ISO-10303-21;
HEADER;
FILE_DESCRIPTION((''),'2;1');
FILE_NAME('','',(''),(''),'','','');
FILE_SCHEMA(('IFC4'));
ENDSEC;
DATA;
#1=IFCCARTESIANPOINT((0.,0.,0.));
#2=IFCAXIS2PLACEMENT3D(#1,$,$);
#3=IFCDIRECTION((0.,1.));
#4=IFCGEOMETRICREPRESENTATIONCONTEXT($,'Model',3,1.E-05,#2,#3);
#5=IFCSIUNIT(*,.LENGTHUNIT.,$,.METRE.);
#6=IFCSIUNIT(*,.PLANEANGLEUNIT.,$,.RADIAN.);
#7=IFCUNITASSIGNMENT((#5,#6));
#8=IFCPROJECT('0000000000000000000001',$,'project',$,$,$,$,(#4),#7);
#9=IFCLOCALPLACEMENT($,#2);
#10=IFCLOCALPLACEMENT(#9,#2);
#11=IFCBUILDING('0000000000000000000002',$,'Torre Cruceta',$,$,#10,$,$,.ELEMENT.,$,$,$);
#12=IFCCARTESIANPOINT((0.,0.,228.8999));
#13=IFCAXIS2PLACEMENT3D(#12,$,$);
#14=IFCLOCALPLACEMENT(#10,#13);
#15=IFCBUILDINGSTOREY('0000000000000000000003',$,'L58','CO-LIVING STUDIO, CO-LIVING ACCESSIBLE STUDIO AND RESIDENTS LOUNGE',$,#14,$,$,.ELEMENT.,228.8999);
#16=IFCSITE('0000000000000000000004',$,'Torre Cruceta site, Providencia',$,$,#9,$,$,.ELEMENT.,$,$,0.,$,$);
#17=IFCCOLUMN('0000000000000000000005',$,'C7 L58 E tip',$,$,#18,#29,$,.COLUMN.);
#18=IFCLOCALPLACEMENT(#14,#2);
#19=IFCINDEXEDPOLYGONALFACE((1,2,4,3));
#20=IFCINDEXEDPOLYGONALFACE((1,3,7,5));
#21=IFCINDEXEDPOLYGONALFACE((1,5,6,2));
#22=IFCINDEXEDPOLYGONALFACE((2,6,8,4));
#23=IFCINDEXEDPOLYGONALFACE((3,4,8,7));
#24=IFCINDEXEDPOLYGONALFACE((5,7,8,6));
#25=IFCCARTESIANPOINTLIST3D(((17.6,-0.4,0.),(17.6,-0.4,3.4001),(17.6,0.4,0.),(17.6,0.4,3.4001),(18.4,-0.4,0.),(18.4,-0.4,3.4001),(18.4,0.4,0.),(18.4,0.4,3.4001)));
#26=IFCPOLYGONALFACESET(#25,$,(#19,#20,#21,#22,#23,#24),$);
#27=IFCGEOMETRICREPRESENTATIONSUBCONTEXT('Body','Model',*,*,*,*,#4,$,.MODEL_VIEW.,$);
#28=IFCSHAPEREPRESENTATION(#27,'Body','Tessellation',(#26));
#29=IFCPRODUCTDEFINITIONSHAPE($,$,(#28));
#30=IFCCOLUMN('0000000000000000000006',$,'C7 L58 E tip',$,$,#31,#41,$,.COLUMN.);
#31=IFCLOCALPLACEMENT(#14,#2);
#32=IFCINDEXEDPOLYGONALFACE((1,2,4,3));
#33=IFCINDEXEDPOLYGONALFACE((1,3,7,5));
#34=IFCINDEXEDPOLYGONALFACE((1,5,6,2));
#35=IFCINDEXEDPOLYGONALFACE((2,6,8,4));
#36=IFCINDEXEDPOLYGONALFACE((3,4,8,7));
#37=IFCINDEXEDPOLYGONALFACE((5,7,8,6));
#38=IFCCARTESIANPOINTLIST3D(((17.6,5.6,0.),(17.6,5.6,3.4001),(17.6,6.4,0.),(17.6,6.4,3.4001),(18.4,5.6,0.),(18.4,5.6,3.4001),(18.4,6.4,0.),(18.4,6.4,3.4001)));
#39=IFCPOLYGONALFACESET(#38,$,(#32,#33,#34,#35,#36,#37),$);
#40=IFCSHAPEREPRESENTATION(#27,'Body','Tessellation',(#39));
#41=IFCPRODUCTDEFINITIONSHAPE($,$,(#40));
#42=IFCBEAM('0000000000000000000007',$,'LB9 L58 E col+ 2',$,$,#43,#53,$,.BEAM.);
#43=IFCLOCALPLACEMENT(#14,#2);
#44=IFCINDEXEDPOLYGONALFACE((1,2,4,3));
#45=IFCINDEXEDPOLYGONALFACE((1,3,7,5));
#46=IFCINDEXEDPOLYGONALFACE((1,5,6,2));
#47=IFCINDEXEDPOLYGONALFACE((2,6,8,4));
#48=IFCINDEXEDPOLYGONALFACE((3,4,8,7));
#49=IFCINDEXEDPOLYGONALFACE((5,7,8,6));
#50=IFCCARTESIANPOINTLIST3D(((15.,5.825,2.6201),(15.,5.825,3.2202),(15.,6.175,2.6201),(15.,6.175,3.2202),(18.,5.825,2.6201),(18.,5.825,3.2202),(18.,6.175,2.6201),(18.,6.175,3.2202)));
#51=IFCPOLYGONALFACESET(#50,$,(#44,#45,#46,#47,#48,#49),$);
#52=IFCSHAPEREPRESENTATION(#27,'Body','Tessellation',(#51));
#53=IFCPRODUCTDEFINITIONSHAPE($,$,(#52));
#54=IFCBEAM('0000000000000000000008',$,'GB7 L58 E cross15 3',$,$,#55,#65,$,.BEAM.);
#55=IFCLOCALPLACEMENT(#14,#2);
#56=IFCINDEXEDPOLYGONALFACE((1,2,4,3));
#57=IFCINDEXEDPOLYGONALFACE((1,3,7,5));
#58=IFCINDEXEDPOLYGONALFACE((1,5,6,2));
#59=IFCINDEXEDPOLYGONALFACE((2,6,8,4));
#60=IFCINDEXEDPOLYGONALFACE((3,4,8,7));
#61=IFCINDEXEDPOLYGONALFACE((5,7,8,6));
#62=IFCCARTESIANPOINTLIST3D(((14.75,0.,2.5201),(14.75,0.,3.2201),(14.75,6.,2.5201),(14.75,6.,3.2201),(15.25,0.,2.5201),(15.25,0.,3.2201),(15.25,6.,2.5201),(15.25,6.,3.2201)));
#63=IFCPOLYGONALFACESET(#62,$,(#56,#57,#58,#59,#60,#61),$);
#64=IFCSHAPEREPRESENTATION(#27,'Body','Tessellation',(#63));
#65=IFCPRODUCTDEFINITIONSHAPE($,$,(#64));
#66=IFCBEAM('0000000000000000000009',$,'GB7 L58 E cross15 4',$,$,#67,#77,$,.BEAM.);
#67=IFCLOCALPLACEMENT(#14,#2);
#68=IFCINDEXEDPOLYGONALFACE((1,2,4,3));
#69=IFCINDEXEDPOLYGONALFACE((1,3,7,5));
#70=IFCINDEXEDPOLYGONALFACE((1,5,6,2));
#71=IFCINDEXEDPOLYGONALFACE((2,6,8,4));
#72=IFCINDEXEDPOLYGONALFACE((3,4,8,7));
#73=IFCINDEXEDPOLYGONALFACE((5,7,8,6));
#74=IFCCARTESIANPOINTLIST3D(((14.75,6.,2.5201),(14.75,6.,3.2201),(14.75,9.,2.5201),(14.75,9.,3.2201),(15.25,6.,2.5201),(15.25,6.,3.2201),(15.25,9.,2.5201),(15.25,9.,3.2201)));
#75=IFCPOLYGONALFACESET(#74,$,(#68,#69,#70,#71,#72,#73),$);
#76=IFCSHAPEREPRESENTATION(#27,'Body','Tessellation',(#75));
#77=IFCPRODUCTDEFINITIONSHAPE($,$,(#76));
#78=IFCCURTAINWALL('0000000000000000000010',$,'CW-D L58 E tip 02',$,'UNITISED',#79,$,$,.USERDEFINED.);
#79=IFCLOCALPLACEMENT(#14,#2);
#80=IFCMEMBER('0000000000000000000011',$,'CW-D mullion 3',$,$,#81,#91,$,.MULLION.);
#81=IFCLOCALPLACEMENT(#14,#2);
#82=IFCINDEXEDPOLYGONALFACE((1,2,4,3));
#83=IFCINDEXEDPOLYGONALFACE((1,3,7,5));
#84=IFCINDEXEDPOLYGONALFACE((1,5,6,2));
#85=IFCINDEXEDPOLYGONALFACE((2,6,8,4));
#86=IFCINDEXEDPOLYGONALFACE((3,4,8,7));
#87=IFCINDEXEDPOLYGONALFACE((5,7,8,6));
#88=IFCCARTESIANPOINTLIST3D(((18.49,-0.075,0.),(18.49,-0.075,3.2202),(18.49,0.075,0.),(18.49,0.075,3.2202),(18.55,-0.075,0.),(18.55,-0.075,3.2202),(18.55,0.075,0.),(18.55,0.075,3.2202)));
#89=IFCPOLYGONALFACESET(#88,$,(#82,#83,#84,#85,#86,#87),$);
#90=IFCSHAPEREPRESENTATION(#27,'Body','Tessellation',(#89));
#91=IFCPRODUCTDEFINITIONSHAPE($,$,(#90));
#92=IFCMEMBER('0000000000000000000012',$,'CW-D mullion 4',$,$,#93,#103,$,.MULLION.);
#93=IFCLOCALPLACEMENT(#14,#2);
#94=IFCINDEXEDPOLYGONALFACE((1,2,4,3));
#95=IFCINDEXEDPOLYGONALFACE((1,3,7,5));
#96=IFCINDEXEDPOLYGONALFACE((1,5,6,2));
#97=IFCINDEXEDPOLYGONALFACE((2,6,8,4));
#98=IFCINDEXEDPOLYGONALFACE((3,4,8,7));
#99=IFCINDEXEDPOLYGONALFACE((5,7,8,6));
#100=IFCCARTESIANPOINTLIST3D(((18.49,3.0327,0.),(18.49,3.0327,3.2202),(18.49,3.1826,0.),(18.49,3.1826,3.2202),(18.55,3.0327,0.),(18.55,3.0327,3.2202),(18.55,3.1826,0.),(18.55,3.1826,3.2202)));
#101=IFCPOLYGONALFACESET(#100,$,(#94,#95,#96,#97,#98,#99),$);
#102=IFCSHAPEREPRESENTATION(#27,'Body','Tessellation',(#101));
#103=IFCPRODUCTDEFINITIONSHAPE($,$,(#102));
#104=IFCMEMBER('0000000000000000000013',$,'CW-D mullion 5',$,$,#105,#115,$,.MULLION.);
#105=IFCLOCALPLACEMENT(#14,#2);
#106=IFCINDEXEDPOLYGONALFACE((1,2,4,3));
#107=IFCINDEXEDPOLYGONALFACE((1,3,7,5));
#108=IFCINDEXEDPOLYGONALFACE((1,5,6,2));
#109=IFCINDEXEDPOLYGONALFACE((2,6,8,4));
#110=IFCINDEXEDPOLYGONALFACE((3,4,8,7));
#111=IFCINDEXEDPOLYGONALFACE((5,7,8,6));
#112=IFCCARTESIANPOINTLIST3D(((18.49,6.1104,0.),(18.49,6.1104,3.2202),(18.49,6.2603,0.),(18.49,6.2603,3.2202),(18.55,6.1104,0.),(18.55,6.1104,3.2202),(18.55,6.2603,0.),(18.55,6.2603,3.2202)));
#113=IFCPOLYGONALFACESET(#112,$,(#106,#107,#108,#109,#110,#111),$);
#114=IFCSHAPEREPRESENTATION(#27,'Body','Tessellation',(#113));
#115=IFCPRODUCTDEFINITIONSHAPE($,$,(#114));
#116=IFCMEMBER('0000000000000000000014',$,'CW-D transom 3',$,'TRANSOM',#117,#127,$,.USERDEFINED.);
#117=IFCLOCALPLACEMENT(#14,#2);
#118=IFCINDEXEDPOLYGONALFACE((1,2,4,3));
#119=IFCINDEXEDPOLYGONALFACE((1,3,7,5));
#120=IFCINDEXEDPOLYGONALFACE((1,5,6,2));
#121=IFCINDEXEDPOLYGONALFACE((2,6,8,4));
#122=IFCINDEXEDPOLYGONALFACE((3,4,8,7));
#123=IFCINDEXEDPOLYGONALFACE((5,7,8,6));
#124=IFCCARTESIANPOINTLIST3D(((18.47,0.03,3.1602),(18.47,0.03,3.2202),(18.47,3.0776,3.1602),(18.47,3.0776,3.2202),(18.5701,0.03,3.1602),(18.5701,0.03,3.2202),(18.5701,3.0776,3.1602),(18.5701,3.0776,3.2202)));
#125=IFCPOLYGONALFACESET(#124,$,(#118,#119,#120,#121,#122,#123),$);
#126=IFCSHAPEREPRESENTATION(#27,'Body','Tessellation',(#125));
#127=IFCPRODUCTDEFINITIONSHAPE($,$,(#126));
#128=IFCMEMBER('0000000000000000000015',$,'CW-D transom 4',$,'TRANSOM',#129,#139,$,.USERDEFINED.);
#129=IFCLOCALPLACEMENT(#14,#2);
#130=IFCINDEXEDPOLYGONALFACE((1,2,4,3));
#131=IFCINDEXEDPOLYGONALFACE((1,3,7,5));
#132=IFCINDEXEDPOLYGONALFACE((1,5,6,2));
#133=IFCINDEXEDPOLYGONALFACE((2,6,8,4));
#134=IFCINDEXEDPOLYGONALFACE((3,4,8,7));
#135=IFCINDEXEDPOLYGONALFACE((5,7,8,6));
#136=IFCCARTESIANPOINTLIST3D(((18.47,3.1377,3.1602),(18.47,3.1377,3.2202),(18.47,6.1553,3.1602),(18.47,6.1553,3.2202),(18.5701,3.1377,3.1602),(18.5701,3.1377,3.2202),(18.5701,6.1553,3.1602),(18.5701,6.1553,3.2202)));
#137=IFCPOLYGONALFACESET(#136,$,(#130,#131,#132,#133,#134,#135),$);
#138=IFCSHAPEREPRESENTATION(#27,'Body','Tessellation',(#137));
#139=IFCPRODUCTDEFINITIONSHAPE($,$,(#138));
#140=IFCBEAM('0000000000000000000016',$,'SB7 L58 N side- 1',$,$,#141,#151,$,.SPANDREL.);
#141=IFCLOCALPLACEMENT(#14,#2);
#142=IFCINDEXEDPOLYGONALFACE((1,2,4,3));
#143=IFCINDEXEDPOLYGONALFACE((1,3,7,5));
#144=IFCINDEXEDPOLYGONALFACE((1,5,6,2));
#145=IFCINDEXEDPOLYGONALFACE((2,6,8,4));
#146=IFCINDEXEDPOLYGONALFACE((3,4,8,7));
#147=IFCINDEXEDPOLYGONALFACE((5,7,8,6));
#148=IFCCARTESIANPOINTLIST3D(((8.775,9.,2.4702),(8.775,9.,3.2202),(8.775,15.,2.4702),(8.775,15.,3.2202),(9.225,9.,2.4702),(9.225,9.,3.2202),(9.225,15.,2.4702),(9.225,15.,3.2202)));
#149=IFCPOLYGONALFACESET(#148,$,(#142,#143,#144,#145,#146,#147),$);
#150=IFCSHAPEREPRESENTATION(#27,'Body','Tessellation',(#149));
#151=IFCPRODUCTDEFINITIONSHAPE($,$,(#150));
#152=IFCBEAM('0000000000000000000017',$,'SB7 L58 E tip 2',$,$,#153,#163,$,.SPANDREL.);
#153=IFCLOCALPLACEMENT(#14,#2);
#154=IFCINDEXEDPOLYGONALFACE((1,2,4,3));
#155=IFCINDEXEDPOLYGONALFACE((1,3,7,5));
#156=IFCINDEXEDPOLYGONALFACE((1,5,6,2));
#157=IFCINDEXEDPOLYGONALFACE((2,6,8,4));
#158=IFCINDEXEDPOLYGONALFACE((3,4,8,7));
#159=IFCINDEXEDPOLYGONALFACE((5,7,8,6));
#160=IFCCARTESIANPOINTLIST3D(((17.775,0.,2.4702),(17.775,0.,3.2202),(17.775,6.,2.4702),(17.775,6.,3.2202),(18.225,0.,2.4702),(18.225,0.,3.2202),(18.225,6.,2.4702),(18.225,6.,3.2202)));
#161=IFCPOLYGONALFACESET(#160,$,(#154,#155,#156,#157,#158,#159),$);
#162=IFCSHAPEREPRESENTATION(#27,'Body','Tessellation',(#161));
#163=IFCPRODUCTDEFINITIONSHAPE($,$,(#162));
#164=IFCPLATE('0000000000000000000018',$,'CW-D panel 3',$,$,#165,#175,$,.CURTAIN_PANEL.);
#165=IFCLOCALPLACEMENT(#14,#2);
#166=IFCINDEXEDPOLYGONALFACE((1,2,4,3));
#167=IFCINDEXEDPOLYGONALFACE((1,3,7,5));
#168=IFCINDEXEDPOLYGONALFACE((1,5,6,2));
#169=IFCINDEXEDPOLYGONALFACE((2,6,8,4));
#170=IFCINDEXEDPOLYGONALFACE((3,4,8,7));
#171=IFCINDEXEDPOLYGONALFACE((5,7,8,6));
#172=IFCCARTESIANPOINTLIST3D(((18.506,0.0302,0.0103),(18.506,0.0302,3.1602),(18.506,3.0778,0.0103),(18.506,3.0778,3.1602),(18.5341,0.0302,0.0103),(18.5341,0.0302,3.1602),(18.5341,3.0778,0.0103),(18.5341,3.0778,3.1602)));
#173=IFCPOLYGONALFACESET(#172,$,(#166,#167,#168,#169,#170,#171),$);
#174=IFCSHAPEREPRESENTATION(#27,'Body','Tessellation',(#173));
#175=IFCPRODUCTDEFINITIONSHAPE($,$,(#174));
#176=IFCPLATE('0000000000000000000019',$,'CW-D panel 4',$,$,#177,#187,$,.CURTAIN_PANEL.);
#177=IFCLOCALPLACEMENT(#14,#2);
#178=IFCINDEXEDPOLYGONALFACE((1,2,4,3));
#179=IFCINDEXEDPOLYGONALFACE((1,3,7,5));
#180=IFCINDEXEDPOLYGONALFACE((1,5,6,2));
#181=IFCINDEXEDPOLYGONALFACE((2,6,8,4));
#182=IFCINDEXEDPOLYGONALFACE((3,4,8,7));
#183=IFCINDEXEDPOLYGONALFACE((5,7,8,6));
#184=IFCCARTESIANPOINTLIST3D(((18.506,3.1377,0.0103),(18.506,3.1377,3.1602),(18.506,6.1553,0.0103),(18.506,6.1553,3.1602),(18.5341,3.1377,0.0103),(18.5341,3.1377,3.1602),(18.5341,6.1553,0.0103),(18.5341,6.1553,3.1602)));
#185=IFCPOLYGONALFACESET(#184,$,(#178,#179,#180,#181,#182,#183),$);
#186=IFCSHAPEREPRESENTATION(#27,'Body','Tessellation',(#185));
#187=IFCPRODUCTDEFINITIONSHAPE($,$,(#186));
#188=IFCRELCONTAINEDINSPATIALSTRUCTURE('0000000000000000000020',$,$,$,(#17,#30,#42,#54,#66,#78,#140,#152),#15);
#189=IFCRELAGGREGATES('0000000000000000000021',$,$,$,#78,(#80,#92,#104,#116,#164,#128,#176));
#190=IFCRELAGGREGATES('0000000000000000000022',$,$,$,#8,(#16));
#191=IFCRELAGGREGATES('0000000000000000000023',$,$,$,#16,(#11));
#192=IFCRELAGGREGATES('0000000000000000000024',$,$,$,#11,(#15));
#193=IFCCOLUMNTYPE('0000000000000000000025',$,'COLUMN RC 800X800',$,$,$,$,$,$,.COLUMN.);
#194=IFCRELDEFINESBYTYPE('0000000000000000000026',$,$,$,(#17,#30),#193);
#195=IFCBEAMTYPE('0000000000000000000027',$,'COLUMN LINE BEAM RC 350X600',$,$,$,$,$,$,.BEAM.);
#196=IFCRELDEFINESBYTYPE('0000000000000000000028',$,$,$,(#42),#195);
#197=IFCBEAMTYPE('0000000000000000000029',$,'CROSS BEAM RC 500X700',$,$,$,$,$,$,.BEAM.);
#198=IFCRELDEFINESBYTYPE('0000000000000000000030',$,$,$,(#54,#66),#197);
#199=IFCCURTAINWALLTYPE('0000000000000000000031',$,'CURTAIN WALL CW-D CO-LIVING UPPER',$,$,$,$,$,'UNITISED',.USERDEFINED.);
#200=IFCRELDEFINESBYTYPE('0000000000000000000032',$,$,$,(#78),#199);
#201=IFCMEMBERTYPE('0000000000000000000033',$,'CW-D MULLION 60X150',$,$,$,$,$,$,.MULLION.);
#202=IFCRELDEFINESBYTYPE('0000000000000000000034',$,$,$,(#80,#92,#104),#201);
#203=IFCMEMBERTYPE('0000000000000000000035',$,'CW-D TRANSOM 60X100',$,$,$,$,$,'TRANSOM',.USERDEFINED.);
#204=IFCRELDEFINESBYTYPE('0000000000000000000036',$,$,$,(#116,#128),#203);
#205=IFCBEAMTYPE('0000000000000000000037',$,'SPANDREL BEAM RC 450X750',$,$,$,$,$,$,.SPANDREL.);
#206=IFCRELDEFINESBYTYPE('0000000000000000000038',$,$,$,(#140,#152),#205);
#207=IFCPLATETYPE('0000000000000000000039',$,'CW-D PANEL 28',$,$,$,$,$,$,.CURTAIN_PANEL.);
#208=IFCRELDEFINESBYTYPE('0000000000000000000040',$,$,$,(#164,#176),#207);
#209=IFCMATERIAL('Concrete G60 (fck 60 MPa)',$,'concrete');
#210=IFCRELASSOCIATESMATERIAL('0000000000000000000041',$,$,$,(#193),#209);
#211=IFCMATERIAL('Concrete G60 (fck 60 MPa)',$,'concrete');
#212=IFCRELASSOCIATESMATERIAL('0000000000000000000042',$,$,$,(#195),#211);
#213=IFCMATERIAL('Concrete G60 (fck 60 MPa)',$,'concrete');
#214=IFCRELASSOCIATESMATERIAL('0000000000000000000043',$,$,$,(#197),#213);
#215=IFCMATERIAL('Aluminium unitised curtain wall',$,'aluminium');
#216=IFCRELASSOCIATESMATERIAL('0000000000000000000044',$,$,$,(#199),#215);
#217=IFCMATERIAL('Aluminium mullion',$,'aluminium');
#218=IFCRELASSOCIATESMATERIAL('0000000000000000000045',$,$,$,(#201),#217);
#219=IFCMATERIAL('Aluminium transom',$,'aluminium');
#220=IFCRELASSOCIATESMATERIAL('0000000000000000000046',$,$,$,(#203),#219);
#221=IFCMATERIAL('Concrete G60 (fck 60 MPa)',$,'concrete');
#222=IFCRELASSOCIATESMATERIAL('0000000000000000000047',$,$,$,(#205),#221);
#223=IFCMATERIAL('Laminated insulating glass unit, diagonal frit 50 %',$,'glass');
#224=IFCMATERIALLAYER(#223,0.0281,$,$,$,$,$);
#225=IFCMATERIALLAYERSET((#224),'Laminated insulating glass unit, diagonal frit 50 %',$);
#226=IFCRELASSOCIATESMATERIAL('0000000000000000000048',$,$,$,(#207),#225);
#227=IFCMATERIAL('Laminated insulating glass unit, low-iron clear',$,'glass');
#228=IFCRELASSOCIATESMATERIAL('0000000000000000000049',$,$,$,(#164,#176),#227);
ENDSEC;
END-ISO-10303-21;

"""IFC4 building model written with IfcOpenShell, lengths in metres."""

from ifc_helpers import new_model, si_unit, direction, frame, origin, origin_2d, place, context, subcontext, project, spatial, rectangle, extrude, material, layer, layer_set, material_profile, profile_set, type_object, element, aggregate, save


model = new_model("IFC4")

# Units and contexts
model_context = context("Model", 3, precision=1e-05, world=origin(), true_north=direction((0.0, 1.0)))
body_context = subcontext(model_context, "Body", "Model", "MODEL_VIEW")
ifc_project = project(units=[si_unit("LENGTHUNIT", "METRE"), si_unit("PLANEANGLEUNIT", "RADIAN")], contexts=[model_context])

# Site, building, storey
site_placement = place(None, origin())
site = spatial("IfcSite", under=ifc_project, at=site_placement, Name="Torre Cruceta site, Providencia", CompositionType="ELEMENT", RefElevation=0.0)
building_placement = place(site_placement, origin())
building = spatial("IfcBuilding", under=site, at=building_placement, Name="Torre Cruceta", CompositionType="ELEMENT")
storey_placement = place(building_placement, frame((0.0, 0.0, 228.8999)))
storey = spatial("IfcBuildingStorey", under=building, at=storey_placement, Name="L58", Description="CO-LIVING STUDIO, CO-LIVING ACCESSIBLE STUDIO AND RESIDENTS LOUNGE", CompositionType="ELEMENT", Elevation=228.8999)

# Columns
ifc_material_1 = material(Name="Concrete G60 (fck 60 MPa)", Category="concrete")
ifc_material_profile_1 = material_profile(ifc_material_1, rectangle(XDim=0.8, YDim=0.8, at=origin_2d()), Name="RC 800X800")
ifc_profile_set_1 = profile_set([ifc_material_profile_1], Name="Concrete G60 (fck 60 MPa)")
column_type = type_object("IfcColumnType", Name="COLUMN RC 800X800", PredefinedType="COLUMN", material=ifc_profile_set_1)
for number, where, z_axis, x_axis, name in (
    (1, (18.0, 0.0, 0.0), (0.0, 0.0, 1.0), (1.0, 0.0, 0.0), "C7 L58 E tip"),
    (2, (18.0, 6.0, 0.0), (0.0, 0.0, 1.0), (1.0, 0.0, 0.0), "C7 L58 E tip"),
):
    element("IfcColumn", number, at=place(storey_placement, frame(where, z_axis=z_axis, x_axis=x_axis)), inside=storey, type_object=column_type, Name=name, PredefinedType="COLUMN", context=body_context, shape_type="SweptSolid", body=[
        extrude(rectangle(XDim=0.8, YDim=0.8, at=origin_2d()), origin(), (0.0, 0.0, 1.0), 3.4001),
    ])

# Beams
ifc_material_2 = material(Name="Concrete G60 (fck 60 MPa)", Category="concrete")
ifc_material_profile_2 = material_profile(ifc_material_2, rectangle(XDim=0.3501, YDim=0.6001, at=origin_2d()), Name="RC 350X600")
ifc_profile_set_2 = profile_set([ifc_material_profile_2], Name="Concrete G60 (fck 60 MPa)")
beam_type_1 = type_object("IfcBeamType", Name="COLUMN LINE BEAM RC 350X600", PredefinedType="BEAM", material=ifc_profile_set_2)
beam_1_placement = place(storey_placement, frame((15.0, 6.0, 2.9202), z_axis=(1.0, 0.0, 0.0), x_axis=(0.0, 1.0, 0.0)))
element("IfcBeam", 3, at=beam_1_placement, inside=storey, type_object=beam_type_1, Name="LB9 L58 E col+ 2", PredefinedType="BEAM", context=body_context, shape_type="SweptSolid", body=[
    extrude(rectangle(XDim=0.3501, YDim=0.6001, at=origin_2d()), origin(), (0.0, 0.0, 1.0), 3.0),
])
ifc_material_3 = material(Name="Concrete G60 (fck 60 MPa)", Category="concrete")
ifc_material_profile_3 = material_profile(ifc_material_3, rectangle(XDim=0.5, YDim=0.7, at=origin_2d()), Name="RC 500X700")
ifc_profile_set_3 = profile_set([ifc_material_profile_3], Name="Concrete G60 (fck 60 MPa)")
beam_type_2 = type_object("IfcBeamType", Name="CROSS BEAM RC 500X700", PredefinedType="BEAM", material=ifc_profile_set_3)
beam_2_placement = place(storey_placement, frame((15.0, 0.0, 2.8701), z_axis=(0.0, 1.0, 0.0), x_axis=(-1.0, 0.0, 0.0)))
element("IfcBeam", 4, at=beam_2_placement, inside=storey, type_object=beam_type_2, Name="GB7 L58 E cross15 3", PredefinedType="BEAM", context=body_context, shape_type="SweptSolid", body=[
    extrude(rectangle(XDim=0.5, YDim=0.7, at=origin_2d()), origin(), (0.0, 0.0, 1.0), 6.0),
])
beam_3_placement = place(storey_placement, frame((15.0, 6.0, 2.8701), z_axis=(0.0, 1.0, 0.0), x_axis=(-1.0, 0.0, 0.0)))
element("IfcBeam", 5, at=beam_3_placement, inside=storey, type_object=beam_type_2, Name="GB7 L58 E cross15 4", PredefinedType="BEAM", context=body_context, shape_type="SweptSolid", body=[
    extrude(rectangle(XDim=0.5, YDim=0.7, at=origin_2d()), origin(), (0.0, 0.0, 1.0), 3.0),
])

# Curtain wall, members
ifc_material_4 = material(Name="Aluminium unitised curtain wall", Category="aluminium")
curtain_wall_type = type_object("IfcCurtainWallType", Name="CURTAIN WALL CW-D CO-LIVING UPPER", ElementType="UNITISED", PredefinedType="USERDEFINED", material=ifc_material_4)
curtain_wall_placement = place(storey_placement, origin())
curtain_wall = element("IfcCurtainWall", 6, at=curtain_wall_placement, inside=storey, type_object=curtain_wall_type, Name="CW-D L58 E tip 02", ObjectType="UNITISED", PredefinedType="USERDEFINED")
ifc_material_5 = material(Name="Aluminium mullion", Category="aluminium")
ifc_material_profile_4 = material_profile(ifc_material_5, rectangle(XDim=0.0601, YDim=0.1499, at=origin_2d()), Name="AL 60X150")
ifc_profile_set_4 = profile_set([ifc_material_profile_4], Name="Aluminium mullion")
member_type_1 = type_object("IfcMemberType", Name="CW-D MULLION 60X150", PredefinedType="MULLION", material=ifc_profile_set_4)
member_1_placement = place(storey_placement, frame((18.52, 0.0, 0.0), z_axis=(0.0, 0.0, 1.0), x_axis=(-1.0, 0.0, 0.0)))
member_1 = element("IfcMember", 7, at=member_1_placement, type_object=member_type_1, Name="CW-D mullion 3", PredefinedType="MULLION", context=body_context, shape_type="SweptSolid", body=[
    extrude(rectangle(XDim=0.0601, YDim=0.1499, at=origin_2d()), origin(), (0.0, 0.0, 1.0), 3.2202),
])
member_2_placement = place(storey_placement, frame((18.52, 3.1077, 0.0), z_axis=(0.0, 0.0, 1.0), x_axis=(-1.0, 0.0, 0.0)))
member_2 = element("IfcMember", 8, at=member_2_placement, type_object=member_type_1, Name="CW-D mullion 4", PredefinedType="MULLION", context=body_context, shape_type="SweptSolid", body=[
    extrude(rectangle(XDim=0.0601, YDim=0.1499, at=origin_2d()), origin(), (0.0, 0.0, 1.0), 3.2202),
])
member_3_placement = place(storey_placement, frame((18.52, 6.1853, 0.0), z_axis=(0.0, 0.0, 1.0), x_axis=(-1.0, 0.0, 0.0)))
member_3 = element("IfcMember", 9, at=member_3_placement, type_object=member_type_1, Name="CW-D mullion 5", PredefinedType="MULLION", context=body_context, shape_type="SweptSolid", body=[
    extrude(rectangle(XDim=0.0601, YDim=0.1499, at=origin_2d()), origin(), (0.0, 0.0, 1.0), 3.2202),
])
ifc_material_6 = material(Name="Aluminium transom", Category="aluminium")
ifc_material_profile_5 = material_profile(ifc_material_6, rectangle(XDim=0.1001, YDim=0.0601, at=origin_2d()), Name="AL 100X60")
ifc_profile_set_5 = profile_set([ifc_material_profile_5], Name="Aluminium transom")
member_type_2 = type_object("IfcMemberType", Name="CW-D TRANSOM 60X100", ElementType="TRANSOM", PredefinedType="USERDEFINED", material=ifc_profile_set_5)
member_4_placement = place(storey_placement, frame((18.52, 0.03, 3.1902), z_axis=(0.0, 1.0, 0.0), x_axis=(-1.0, 0.0, 0.0)))
member_4 = element("IfcMember", 10, at=member_4_placement, type_object=member_type_2, Name="CW-D transom 3", ObjectType="TRANSOM", PredefinedType="USERDEFINED", context=body_context, shape_type="SweptSolid", body=[
    extrude(rectangle(XDim=0.1001, YDim=0.0601, at=origin_2d()), origin(), (0.0, 0.0, 1.0), 3.0476),
])
member_5_placement = place(storey_placement, frame((18.52, 3.1377, 3.1902), z_axis=(0.0, 1.0, 0.0), x_axis=(-1.0, 0.0, 0.0)))
member_5 = element("IfcMember", 11, at=member_5_placement, type_object=member_type_2, Name="CW-D transom 4", ObjectType="TRANSOM", PredefinedType="USERDEFINED", context=body_context, shape_type="SweptSolid", body=[
    extrude(rectangle(XDim=0.1001, YDim=0.0601, at=origin_2d()), origin(), (0.0, 0.0, 1.0), 3.0176),
])

# Beams
ifc_material_7 = material(Name="Concrete G60 (fck 60 MPa)", Category="concrete")
ifc_material_profile_6 = material_profile(ifc_material_7, rectangle(XDim=0.45, YDim=0.75, at=origin_2d()), Name="RC 450X750")
ifc_profile_set_6 = profile_set([ifc_material_profile_6], Name="Concrete G60 (fck 60 MPa)")
beam_type_3 = type_object("IfcBeamType", Name="SPANDREL BEAM RC 450X750", PredefinedType="SPANDREL", material=ifc_profile_set_6)
for number, where, z_axis, x_axis, name in (
    (12, (9.0, 9.0, 2.8452), (0.0, 1.0, 0.0), (-1.0, 0.0, 0.0), "SB7 L58 N side- 1"),
    (13, (18.0, 0.0, 2.8452), (0.0, 1.0, 0.0), (-1.0, 0.0, 0.0), "SB7 L58 E tip 2"),
):
    element("IfcBeam", number, at=place(storey_placement, frame(where, z_axis=z_axis, x_axis=x_axis)), inside=storey, type_object=beam_type_3, Name=name, PredefinedType="SPANDREL", context=body_context, shape_type="SweptSolid", body=[
        extrude(rectangle(XDim=0.45, YDim=0.75, at=origin_2d()), origin(), (0.0, 0.0, 1.0), 6.0),
    ])

# Plates
ifc_material_8 = material(Name="Laminated insulating glass unit, low-iron clear", Category="glass")
ifc_material_9 = material(Name="Laminated insulating glass unit, diagonal frit 50 %", Category="glass")
ifc_layer_1 = layer(ifc_material_9, 0.0281)
ifc_layer_set_1 = layer_set([ifc_layer_1], Name="Laminated insulating glass unit, diagonal frit 50 %")
plate_type = type_object("IfcPlateType", Name="CW-D PANEL 28", PredefinedType="CURTAIN_PANEL", material=ifc_layer_set_1)
plate_1_placement = place(storey_placement, frame((18.52, 1.554, 0.0103), z_axis=(0.0, 0.0, 1.0), x_axis=(0.0, 1.0, 0.0)))
plate_1 = element("IfcPlate", 14, at=plate_1_placement, type_object=plate_type, material=ifc_material_8, Name="CW-D panel 3", PredefinedType="CURTAIN_PANEL", context=body_context, shape_type="SweptSolid", body=[
    extrude(rectangle(XDim=3.0476, YDim=0.0281, at=origin_2d()), origin(), (0.0, 0.0, 1.0), 3.1499),
])
plate_2_placement = place(storey_placement, frame((18.52, 4.6465, 0.0103), z_axis=(0.0, 0.0, 1.0), x_axis=(0.0, 1.0, 0.0)))
plate_2 = element("IfcPlate", 15, at=plate_2_placement, type_object=plate_type, material=ifc_material_8, Name="CW-D panel 4", PredefinedType="CURTAIN_PANEL", context=body_context, shape_type="SweptSolid", body=[
    extrude(rectangle(XDim=3.0176, YDim=0.0281, at=origin_2d()), origin(), (0.0, 0.0, 1.0), 3.1499),
])
aggregate(curtain_wall, [member_1, member_2, member_3, member_4, plate_1, member_5, plate_2])

save(model, "model.ifc")
